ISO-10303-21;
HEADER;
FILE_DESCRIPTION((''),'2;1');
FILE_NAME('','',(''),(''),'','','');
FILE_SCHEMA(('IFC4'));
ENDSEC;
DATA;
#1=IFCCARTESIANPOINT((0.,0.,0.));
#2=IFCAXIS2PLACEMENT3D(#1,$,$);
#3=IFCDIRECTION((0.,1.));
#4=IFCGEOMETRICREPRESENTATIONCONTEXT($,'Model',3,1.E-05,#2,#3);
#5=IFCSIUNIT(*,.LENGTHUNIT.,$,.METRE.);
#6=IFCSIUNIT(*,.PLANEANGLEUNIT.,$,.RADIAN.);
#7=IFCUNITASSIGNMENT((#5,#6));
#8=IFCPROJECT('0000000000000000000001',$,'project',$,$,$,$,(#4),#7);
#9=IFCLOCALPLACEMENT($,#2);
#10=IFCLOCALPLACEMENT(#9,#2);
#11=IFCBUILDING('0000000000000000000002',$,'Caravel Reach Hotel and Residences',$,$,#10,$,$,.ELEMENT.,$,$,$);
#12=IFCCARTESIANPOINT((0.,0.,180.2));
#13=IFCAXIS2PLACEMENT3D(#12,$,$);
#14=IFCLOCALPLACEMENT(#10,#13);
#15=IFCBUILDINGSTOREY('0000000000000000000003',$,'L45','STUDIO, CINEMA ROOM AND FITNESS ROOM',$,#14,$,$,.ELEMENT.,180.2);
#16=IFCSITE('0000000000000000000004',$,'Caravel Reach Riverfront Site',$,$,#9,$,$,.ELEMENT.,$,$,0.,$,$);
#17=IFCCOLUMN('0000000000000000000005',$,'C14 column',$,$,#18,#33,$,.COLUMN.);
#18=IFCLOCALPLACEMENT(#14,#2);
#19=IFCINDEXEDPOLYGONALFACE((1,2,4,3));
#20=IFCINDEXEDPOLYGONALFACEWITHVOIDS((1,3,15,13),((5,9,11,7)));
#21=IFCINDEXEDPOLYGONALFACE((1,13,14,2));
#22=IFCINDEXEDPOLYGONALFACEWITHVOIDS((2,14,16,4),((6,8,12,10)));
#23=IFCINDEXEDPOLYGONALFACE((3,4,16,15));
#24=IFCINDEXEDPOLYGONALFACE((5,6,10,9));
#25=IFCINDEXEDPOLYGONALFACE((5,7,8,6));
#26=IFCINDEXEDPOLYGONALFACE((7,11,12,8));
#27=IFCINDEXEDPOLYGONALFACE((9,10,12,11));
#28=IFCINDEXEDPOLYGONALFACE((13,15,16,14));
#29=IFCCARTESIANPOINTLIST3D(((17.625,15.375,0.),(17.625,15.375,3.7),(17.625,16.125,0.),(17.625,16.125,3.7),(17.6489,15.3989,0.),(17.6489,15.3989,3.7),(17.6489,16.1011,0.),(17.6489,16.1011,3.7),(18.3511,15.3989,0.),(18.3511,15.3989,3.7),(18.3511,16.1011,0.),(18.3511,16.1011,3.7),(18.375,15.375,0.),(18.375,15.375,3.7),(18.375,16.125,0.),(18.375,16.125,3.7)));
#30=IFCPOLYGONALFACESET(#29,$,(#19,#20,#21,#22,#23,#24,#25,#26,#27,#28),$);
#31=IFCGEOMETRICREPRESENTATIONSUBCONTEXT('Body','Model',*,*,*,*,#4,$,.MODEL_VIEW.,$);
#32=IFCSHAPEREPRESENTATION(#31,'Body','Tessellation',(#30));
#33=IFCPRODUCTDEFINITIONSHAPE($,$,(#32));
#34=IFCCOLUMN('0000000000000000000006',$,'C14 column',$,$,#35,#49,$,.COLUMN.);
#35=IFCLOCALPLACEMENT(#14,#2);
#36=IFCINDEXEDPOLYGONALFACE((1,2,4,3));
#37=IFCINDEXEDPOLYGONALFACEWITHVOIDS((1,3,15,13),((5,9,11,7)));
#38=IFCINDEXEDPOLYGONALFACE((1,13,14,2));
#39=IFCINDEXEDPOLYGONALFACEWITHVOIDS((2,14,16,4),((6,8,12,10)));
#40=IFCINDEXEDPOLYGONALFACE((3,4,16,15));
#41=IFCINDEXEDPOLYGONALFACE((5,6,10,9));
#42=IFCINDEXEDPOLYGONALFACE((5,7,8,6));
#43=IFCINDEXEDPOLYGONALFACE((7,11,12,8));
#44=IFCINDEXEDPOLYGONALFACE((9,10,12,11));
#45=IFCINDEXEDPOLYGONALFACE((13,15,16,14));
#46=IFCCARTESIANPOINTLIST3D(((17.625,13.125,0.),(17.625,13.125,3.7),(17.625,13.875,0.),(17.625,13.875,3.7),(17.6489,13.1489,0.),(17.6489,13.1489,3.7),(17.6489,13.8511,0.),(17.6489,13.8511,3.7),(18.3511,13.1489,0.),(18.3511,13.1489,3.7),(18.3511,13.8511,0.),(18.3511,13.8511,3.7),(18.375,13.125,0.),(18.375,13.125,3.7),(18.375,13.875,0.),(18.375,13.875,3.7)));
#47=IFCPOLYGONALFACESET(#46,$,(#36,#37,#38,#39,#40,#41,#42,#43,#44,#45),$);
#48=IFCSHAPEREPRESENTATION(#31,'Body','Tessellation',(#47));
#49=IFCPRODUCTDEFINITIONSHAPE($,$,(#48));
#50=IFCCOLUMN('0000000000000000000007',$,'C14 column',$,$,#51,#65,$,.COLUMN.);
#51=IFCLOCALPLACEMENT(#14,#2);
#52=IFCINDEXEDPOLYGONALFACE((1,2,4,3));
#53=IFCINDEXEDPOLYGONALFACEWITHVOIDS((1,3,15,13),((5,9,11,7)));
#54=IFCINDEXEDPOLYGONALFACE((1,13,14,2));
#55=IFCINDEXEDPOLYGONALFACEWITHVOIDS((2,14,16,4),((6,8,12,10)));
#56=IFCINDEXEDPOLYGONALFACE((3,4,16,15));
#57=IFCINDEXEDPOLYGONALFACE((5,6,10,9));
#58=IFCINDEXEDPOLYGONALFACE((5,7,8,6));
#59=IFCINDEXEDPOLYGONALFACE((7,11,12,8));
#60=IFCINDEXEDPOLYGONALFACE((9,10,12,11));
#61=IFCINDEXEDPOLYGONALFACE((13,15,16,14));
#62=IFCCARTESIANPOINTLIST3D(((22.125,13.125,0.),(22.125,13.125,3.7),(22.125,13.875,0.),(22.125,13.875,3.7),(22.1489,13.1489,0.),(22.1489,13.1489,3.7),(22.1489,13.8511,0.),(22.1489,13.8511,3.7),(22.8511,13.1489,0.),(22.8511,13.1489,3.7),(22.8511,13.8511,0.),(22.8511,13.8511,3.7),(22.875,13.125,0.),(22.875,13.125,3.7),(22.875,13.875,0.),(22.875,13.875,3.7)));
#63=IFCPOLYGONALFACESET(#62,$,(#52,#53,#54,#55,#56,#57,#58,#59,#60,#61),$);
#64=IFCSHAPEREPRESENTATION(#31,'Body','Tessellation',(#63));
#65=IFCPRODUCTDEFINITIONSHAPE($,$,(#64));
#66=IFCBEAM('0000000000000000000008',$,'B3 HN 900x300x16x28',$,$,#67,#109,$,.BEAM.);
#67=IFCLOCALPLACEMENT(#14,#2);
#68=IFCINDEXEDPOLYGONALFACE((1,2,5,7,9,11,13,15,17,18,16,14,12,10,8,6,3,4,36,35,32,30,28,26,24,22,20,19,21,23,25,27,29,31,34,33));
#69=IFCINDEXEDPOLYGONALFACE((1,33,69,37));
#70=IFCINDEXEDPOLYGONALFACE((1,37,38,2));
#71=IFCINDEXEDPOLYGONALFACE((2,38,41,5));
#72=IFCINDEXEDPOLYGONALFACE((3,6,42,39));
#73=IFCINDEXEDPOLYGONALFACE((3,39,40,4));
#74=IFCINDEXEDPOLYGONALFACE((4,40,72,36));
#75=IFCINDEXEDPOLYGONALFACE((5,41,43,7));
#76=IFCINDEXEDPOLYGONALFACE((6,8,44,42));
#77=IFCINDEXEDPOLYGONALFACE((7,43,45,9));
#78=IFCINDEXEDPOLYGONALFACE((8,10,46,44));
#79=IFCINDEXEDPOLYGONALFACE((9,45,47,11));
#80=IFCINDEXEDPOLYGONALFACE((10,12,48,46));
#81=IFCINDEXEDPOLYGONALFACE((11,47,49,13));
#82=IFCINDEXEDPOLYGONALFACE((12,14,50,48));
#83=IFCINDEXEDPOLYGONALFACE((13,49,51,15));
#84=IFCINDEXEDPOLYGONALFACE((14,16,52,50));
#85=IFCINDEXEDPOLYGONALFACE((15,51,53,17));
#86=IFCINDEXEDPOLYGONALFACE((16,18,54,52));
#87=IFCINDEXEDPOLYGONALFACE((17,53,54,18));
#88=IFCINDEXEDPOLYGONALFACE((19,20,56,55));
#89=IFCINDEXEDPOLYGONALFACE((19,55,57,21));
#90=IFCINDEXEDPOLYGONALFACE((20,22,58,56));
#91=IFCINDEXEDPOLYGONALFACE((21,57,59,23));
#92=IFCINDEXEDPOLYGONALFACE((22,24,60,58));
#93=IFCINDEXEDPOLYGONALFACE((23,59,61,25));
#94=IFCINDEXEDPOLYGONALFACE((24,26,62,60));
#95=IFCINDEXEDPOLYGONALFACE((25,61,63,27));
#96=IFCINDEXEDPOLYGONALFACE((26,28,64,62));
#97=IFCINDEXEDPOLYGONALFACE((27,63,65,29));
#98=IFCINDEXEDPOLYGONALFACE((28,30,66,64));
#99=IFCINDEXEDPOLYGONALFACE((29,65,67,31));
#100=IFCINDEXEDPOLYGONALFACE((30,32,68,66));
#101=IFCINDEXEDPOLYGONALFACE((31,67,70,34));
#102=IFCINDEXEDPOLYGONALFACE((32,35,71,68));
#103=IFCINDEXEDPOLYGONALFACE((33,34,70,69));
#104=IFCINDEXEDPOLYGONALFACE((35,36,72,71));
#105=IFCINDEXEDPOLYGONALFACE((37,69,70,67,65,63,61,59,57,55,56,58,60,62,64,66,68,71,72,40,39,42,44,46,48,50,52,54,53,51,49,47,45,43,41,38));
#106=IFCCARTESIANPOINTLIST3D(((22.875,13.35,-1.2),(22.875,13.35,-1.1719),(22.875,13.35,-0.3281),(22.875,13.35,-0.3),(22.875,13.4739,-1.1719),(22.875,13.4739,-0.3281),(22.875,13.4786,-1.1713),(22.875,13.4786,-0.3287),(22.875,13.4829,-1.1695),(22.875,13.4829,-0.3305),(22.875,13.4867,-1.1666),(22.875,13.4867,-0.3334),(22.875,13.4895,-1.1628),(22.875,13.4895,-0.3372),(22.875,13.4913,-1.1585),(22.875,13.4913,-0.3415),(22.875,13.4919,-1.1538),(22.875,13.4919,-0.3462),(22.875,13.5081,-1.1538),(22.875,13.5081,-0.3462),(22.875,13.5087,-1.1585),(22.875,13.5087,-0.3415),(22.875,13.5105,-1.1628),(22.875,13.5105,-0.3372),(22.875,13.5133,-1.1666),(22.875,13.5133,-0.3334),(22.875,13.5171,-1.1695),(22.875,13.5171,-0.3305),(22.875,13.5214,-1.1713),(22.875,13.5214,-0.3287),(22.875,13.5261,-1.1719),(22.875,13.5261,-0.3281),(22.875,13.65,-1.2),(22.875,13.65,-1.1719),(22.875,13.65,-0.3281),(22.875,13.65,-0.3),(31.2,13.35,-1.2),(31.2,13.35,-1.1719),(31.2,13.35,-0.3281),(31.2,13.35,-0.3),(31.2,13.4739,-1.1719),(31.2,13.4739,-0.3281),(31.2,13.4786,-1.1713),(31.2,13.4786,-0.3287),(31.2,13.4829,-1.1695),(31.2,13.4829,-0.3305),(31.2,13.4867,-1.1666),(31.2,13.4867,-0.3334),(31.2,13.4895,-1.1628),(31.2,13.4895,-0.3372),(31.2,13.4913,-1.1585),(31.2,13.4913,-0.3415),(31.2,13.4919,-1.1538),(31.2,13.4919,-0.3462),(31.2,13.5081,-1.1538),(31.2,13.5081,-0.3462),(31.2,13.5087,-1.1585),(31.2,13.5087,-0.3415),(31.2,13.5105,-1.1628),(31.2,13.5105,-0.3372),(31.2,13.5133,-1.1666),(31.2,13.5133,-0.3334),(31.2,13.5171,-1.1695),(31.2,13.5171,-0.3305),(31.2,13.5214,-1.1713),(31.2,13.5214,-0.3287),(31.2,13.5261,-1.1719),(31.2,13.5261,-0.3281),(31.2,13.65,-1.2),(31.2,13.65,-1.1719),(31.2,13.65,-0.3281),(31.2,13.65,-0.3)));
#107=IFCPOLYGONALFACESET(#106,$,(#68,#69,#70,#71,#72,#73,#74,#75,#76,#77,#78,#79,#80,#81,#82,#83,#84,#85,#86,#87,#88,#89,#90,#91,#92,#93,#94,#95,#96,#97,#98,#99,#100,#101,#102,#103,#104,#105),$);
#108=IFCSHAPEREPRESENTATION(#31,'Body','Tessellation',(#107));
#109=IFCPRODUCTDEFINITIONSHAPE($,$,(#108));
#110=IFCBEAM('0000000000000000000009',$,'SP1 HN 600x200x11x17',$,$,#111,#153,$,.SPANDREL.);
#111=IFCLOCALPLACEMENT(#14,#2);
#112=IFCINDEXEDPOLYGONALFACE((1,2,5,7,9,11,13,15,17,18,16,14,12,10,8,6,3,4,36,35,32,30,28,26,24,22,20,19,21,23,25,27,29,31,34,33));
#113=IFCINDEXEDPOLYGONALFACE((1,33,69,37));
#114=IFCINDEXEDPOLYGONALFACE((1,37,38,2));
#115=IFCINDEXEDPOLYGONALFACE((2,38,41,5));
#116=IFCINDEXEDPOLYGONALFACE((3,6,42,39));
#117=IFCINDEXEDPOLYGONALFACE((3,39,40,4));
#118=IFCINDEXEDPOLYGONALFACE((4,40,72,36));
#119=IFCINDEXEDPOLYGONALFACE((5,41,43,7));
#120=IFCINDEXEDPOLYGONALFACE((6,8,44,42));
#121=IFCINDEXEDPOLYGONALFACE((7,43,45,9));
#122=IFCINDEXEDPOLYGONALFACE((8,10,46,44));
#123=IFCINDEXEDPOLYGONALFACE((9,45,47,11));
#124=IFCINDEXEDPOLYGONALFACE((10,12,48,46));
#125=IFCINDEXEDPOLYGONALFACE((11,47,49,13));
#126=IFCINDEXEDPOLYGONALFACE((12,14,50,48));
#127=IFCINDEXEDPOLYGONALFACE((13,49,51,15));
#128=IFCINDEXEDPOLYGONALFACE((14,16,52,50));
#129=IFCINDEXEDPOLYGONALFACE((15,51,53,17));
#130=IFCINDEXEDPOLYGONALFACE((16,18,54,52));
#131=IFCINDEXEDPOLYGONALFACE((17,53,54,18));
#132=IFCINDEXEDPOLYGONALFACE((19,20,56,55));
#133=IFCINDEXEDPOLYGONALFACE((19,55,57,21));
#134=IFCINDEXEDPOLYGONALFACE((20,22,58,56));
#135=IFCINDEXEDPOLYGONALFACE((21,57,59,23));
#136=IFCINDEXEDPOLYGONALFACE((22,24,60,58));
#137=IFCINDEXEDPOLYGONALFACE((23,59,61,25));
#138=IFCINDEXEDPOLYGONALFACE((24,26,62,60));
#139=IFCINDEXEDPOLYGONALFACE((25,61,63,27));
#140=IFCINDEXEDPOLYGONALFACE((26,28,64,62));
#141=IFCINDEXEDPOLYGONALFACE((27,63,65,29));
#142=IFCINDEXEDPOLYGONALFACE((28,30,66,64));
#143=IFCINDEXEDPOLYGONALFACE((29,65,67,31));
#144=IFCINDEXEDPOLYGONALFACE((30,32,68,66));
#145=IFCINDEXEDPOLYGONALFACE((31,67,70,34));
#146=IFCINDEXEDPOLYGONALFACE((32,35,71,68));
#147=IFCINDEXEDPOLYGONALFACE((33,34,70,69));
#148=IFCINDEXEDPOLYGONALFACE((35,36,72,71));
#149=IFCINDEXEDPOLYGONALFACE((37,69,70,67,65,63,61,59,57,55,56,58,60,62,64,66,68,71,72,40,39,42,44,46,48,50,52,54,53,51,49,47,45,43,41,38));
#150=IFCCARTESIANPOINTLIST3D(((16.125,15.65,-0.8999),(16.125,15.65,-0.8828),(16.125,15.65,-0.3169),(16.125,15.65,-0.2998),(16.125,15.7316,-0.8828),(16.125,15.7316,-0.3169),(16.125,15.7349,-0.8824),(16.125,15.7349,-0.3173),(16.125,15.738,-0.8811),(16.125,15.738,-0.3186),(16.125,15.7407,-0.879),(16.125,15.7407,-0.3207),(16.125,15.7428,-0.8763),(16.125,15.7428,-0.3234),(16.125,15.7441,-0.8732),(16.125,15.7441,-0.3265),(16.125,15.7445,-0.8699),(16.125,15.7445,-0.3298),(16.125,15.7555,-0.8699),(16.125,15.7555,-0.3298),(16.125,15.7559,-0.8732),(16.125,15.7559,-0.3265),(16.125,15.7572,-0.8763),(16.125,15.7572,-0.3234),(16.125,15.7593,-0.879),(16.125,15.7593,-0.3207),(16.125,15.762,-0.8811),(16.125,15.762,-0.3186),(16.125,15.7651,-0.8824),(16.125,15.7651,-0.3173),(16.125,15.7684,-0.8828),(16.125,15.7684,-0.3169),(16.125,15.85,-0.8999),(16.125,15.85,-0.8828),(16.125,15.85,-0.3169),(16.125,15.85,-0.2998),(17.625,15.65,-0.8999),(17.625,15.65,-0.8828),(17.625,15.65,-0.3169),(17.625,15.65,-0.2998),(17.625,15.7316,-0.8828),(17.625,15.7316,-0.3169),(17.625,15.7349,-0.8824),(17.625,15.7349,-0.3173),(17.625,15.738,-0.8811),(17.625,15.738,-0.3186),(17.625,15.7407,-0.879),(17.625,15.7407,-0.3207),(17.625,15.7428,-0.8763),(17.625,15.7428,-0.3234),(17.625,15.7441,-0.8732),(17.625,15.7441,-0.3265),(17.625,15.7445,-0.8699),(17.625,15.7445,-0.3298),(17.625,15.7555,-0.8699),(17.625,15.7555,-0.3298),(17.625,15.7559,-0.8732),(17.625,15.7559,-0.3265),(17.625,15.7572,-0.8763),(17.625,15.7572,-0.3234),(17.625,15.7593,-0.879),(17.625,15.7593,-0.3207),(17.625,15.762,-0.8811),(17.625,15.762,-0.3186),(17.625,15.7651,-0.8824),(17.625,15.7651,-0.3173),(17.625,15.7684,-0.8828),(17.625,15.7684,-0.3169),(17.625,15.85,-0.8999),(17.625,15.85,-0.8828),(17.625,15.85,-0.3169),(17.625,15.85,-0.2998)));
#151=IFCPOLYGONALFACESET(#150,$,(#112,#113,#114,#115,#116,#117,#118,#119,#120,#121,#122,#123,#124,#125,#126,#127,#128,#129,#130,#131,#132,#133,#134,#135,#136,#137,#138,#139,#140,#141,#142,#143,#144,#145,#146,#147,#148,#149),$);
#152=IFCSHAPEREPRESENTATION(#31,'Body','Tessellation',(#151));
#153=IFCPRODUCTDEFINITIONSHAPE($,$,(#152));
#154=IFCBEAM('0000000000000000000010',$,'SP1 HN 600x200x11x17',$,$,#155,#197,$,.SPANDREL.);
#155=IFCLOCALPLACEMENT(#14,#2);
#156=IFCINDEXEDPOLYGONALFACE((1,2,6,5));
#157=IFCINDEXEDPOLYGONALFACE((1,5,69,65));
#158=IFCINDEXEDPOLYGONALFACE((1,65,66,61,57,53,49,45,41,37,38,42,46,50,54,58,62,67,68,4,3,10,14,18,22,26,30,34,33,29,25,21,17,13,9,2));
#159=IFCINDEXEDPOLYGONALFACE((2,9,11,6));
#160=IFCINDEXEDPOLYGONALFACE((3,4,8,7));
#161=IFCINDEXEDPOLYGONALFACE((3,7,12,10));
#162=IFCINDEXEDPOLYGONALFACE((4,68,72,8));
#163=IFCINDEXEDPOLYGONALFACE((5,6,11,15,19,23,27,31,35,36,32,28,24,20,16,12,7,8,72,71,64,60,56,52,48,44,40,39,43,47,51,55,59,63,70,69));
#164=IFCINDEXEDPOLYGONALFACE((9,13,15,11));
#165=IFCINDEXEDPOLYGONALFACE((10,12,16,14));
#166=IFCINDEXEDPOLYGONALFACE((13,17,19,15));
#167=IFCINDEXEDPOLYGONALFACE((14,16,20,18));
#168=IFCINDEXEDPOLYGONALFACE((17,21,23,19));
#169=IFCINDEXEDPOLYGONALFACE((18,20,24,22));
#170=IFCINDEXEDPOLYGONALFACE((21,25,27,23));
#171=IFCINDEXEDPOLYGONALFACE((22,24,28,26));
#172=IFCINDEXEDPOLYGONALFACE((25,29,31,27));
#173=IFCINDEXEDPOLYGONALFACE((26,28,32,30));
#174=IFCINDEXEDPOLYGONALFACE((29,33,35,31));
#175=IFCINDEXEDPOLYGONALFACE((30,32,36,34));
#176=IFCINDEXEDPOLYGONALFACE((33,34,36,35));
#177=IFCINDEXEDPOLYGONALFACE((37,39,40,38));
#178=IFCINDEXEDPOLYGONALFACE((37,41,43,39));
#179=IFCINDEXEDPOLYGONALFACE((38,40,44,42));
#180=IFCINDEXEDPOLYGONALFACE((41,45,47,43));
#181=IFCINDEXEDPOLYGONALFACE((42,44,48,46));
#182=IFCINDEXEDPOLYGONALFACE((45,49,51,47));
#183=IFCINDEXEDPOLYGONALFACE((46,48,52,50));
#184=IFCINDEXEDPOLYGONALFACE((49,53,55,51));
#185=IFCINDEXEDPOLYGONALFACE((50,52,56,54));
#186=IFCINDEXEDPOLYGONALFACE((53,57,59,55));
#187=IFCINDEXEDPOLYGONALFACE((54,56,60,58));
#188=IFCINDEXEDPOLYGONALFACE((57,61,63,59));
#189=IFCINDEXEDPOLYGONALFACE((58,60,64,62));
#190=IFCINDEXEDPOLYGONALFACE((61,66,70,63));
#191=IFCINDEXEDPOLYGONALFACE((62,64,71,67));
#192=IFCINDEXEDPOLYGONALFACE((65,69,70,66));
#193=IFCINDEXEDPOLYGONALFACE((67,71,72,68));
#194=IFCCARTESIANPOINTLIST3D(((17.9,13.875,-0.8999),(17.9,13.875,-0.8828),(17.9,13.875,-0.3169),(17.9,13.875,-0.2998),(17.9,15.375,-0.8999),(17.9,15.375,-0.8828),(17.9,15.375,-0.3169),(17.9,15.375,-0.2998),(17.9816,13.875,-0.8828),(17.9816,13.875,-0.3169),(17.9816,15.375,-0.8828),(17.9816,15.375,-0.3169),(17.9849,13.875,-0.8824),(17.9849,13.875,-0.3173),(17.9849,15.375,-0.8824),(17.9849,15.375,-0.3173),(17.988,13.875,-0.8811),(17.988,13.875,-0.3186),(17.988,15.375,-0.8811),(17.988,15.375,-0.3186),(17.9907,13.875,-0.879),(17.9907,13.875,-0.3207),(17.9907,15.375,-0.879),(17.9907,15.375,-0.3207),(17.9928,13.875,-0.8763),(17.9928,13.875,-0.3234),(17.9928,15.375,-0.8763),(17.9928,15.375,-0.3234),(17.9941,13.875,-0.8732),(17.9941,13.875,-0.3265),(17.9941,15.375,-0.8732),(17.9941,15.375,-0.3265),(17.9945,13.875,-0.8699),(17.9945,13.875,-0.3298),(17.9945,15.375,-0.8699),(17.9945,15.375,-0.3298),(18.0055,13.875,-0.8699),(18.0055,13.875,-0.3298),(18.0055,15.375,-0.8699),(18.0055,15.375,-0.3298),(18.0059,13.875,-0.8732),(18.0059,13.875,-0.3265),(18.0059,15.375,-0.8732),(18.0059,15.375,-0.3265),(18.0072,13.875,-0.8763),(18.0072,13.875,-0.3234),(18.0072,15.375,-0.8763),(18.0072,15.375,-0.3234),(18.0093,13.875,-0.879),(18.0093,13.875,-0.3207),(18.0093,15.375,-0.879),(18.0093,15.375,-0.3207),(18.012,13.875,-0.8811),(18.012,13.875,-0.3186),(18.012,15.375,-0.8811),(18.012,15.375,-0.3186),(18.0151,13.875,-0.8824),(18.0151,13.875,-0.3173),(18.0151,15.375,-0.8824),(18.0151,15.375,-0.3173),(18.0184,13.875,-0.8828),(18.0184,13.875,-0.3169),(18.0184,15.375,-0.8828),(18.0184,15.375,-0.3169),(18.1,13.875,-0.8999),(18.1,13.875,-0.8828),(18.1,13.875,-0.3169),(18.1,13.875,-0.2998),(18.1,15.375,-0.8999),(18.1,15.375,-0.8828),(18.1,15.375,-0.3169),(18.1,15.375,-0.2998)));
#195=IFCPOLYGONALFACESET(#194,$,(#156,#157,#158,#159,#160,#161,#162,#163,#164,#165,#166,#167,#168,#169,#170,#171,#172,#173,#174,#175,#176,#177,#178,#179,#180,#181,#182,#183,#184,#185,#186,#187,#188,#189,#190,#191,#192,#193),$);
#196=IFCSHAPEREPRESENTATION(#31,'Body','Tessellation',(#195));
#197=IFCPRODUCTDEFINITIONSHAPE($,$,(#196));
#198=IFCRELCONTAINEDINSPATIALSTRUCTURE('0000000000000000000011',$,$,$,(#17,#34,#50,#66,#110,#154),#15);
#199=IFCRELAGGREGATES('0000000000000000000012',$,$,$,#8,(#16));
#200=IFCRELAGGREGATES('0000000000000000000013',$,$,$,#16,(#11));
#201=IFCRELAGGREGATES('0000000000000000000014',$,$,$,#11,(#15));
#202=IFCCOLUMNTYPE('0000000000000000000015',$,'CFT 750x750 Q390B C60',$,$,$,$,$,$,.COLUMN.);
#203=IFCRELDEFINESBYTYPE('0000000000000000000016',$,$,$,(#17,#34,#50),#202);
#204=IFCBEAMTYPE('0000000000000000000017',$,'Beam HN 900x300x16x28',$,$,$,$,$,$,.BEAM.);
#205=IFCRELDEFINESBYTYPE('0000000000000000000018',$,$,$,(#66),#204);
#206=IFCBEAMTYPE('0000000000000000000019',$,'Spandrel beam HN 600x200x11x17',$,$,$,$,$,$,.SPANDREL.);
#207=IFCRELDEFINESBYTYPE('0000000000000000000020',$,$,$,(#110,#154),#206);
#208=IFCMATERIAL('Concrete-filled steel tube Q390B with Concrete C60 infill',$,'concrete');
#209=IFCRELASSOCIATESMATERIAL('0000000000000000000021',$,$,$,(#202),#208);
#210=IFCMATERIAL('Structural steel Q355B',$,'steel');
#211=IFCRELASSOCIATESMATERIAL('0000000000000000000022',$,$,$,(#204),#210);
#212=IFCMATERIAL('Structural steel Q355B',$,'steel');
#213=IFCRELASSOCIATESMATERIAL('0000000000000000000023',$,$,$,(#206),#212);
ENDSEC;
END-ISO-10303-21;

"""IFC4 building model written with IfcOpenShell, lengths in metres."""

from ifc_helpers import new_model, si_unit, direction, frame, origin, origin_2d, place, context, subcontext, project, spatial, hollow_rectangle, i_section, extrude, material, material_profile, profile_set, type_object, element, save


model = new_model("IFC4")

# Units and contexts
model_context = context("Model", 3, precision=1e-05, world=origin(), true_north=direction((0.0, 1.0)))
body_context = subcontext(model_context, "Body", "Model", "MODEL_VIEW")
ifc_project = project(units=[si_unit("LENGTHUNIT", "METRE"), si_unit("PLANEANGLEUNIT", "RADIAN")], contexts=[model_context])

# Site, building, storey
site_placement = place(None, origin())
site = spatial("IfcSite", under=ifc_project, at=site_placement, Name="Caravel Reach Riverfront Site", CompositionType="ELEMENT", RefElevation=0.0)
building_placement = place(site_placement, origin())
building = spatial("IfcBuilding", under=site, at=building_placement, Name="Caravel Reach Hotel and Residences", CompositionType="ELEMENT")
storey_placement = place(building_placement, frame((0.0, 0.0, 180.2)))
storey = spatial("IfcBuildingStorey", under=building, at=storey_placement, Name="L45", Description="STUDIO, CINEMA ROOM AND FITNESS ROOM", CompositionType="ELEMENT", Elevation=180.2)

# Columns
ifc_material_1 = material(Name="Concrete-filled steel tube Q390B with Concrete C60 infill", Category="concrete")
ifc_material_profile_1 = material_profile(ifc_material_1, hollow_rectangle(XDim=0.75, YDim=0.75, WallThickness=0.0239, at=origin_2d()), Name="RHS 750x750x24")
ifc_profile_set_1 = profile_set([ifc_material_profile_1], Name="Concrete-filled steel tube Q390B with Concrete C60 infill")
column_type = type_object("IfcColumnType", Name="CFT 750x750 Q390B C60", PredefinedType="COLUMN", material=ifc_profile_set_1)
for number, where, z_axis, x_axis, name in (
    (1, (18.0, 15.75, 0.0), (0.0, 0.0, 1.0), (1.0, 0.0, 0.0), "C14 column"),
    (2, (18.0, 13.5, 0.0), (0.0, 0.0, 1.0), (1.0, 0.0, 0.0), "C14 column"),
    (3, (22.5, 13.5, 0.0), (0.0, 0.0, 1.0), (1.0, 0.0, 0.0), "C14 column"),
):
    element("IfcColumn", number, at=place(storey_placement, frame(where, z_axis=z_axis, x_axis=x_axis)), inside=storey, type_object=column_type, Name=name, PredefinedType="COLUMN", context=body_context, shape_type="SweptSolid", body=[
        extrude(hollow_rectangle(XDim=0.75, YDim=0.75, WallThickness=0.0239, at=origin_2d()), origin(), (0.0, 0.0, 1.0), 3.7),
    ])

# Beams
ifc_material_2 = material(Name="Structural steel Q355B", Category="steel")
ifc_material_profile_2 = material_profile(ifc_material_2, i_section(OverallWidth=0.3, OverallDepth=0.8999, WebThickness=0.0161, FlangeThickness=0.0281, FilletRadius=0.0181, at=origin_2d()), Name="HN 900x300x16x28")
ifc_profile_set_2 = profile_set([ifc_material_profile_2], Name="Structural steel Q355B")
beam_type_1 = type_object("IfcBeamType", Name="Beam HN 900x300x16x28", PredefinedType="BEAM", material=ifc_profile_set_2)
beam_1_placement = place(storey_placement, frame((22.875, 13.5, -0.75), z_axis=(1.0, 0.0, 0.0), x_axis=(0.0, 1.0, 0.0)))
element("IfcBeam", 4, at=beam_1_placement, inside=storey, type_object=beam_type_1, Name="B3 HN 900x300x16x28", PredefinedType="BEAM", context=body_context, shape_type="SweptSolid", body=[
    extrude(i_section(OverallWidth=0.3, OverallDepth=0.8999, WebThickness=0.0161, FlangeThickness=0.0281, FilletRadius=0.0181, at=origin_2d()), origin(), (0.0, 0.0, 1.0), 8.325),
])
ifc_material_3 = material(Name="Structural steel Q355B", Category="steel")
ifc_material_profile_3 = material_profile(ifc_material_3, i_section(OverallWidth=0.2, OverallDepth=0.6001, WebThickness=0.011, FlangeThickness=0.0171, FilletRadius=0.0129, at=origin_2d()), Name="HN 600x200x11x17")
ifc_profile_set_3 = profile_set([ifc_material_profile_3], Name="Structural steel Q355B")
beam_type_2 = type_object("IfcBeamType", Name="Spandrel beam HN 600x200x11x17", PredefinedType="SPANDREL", material=ifc_profile_set_3)
for number, where, z_axis, x_axis, name in (
    (5, (16.125, 15.75, -0.5999), (1.0, 0.0, 0.0), (0.0, 1.0, 0.0), "SP1 HN 600x200x11x17"),
    (6, (18.0, 15.375, -0.5999), (0.0, -1.0, 0.0), (1.0, 0.0, 0.0), "SP1 HN 600x200x11x17"),
):
    element("IfcBeam", number, at=place(storey_placement, frame(where, z_axis=z_axis, x_axis=x_axis)), inside=storey, type_object=beam_type_2, Name=name, PredefinedType="SPANDREL", context=body_context, shape_type="SweptSolid", body=[
        extrude(i_section(OverallWidth=0.2, OverallDepth=0.6001, WebThickness=0.011, FlangeThickness=0.0171, FilletRadius=0.0129, at=origin_2d()), origin(), (0.0, 0.0, 1.0), 1.5),
    ])

save(model, "model.ifc")
